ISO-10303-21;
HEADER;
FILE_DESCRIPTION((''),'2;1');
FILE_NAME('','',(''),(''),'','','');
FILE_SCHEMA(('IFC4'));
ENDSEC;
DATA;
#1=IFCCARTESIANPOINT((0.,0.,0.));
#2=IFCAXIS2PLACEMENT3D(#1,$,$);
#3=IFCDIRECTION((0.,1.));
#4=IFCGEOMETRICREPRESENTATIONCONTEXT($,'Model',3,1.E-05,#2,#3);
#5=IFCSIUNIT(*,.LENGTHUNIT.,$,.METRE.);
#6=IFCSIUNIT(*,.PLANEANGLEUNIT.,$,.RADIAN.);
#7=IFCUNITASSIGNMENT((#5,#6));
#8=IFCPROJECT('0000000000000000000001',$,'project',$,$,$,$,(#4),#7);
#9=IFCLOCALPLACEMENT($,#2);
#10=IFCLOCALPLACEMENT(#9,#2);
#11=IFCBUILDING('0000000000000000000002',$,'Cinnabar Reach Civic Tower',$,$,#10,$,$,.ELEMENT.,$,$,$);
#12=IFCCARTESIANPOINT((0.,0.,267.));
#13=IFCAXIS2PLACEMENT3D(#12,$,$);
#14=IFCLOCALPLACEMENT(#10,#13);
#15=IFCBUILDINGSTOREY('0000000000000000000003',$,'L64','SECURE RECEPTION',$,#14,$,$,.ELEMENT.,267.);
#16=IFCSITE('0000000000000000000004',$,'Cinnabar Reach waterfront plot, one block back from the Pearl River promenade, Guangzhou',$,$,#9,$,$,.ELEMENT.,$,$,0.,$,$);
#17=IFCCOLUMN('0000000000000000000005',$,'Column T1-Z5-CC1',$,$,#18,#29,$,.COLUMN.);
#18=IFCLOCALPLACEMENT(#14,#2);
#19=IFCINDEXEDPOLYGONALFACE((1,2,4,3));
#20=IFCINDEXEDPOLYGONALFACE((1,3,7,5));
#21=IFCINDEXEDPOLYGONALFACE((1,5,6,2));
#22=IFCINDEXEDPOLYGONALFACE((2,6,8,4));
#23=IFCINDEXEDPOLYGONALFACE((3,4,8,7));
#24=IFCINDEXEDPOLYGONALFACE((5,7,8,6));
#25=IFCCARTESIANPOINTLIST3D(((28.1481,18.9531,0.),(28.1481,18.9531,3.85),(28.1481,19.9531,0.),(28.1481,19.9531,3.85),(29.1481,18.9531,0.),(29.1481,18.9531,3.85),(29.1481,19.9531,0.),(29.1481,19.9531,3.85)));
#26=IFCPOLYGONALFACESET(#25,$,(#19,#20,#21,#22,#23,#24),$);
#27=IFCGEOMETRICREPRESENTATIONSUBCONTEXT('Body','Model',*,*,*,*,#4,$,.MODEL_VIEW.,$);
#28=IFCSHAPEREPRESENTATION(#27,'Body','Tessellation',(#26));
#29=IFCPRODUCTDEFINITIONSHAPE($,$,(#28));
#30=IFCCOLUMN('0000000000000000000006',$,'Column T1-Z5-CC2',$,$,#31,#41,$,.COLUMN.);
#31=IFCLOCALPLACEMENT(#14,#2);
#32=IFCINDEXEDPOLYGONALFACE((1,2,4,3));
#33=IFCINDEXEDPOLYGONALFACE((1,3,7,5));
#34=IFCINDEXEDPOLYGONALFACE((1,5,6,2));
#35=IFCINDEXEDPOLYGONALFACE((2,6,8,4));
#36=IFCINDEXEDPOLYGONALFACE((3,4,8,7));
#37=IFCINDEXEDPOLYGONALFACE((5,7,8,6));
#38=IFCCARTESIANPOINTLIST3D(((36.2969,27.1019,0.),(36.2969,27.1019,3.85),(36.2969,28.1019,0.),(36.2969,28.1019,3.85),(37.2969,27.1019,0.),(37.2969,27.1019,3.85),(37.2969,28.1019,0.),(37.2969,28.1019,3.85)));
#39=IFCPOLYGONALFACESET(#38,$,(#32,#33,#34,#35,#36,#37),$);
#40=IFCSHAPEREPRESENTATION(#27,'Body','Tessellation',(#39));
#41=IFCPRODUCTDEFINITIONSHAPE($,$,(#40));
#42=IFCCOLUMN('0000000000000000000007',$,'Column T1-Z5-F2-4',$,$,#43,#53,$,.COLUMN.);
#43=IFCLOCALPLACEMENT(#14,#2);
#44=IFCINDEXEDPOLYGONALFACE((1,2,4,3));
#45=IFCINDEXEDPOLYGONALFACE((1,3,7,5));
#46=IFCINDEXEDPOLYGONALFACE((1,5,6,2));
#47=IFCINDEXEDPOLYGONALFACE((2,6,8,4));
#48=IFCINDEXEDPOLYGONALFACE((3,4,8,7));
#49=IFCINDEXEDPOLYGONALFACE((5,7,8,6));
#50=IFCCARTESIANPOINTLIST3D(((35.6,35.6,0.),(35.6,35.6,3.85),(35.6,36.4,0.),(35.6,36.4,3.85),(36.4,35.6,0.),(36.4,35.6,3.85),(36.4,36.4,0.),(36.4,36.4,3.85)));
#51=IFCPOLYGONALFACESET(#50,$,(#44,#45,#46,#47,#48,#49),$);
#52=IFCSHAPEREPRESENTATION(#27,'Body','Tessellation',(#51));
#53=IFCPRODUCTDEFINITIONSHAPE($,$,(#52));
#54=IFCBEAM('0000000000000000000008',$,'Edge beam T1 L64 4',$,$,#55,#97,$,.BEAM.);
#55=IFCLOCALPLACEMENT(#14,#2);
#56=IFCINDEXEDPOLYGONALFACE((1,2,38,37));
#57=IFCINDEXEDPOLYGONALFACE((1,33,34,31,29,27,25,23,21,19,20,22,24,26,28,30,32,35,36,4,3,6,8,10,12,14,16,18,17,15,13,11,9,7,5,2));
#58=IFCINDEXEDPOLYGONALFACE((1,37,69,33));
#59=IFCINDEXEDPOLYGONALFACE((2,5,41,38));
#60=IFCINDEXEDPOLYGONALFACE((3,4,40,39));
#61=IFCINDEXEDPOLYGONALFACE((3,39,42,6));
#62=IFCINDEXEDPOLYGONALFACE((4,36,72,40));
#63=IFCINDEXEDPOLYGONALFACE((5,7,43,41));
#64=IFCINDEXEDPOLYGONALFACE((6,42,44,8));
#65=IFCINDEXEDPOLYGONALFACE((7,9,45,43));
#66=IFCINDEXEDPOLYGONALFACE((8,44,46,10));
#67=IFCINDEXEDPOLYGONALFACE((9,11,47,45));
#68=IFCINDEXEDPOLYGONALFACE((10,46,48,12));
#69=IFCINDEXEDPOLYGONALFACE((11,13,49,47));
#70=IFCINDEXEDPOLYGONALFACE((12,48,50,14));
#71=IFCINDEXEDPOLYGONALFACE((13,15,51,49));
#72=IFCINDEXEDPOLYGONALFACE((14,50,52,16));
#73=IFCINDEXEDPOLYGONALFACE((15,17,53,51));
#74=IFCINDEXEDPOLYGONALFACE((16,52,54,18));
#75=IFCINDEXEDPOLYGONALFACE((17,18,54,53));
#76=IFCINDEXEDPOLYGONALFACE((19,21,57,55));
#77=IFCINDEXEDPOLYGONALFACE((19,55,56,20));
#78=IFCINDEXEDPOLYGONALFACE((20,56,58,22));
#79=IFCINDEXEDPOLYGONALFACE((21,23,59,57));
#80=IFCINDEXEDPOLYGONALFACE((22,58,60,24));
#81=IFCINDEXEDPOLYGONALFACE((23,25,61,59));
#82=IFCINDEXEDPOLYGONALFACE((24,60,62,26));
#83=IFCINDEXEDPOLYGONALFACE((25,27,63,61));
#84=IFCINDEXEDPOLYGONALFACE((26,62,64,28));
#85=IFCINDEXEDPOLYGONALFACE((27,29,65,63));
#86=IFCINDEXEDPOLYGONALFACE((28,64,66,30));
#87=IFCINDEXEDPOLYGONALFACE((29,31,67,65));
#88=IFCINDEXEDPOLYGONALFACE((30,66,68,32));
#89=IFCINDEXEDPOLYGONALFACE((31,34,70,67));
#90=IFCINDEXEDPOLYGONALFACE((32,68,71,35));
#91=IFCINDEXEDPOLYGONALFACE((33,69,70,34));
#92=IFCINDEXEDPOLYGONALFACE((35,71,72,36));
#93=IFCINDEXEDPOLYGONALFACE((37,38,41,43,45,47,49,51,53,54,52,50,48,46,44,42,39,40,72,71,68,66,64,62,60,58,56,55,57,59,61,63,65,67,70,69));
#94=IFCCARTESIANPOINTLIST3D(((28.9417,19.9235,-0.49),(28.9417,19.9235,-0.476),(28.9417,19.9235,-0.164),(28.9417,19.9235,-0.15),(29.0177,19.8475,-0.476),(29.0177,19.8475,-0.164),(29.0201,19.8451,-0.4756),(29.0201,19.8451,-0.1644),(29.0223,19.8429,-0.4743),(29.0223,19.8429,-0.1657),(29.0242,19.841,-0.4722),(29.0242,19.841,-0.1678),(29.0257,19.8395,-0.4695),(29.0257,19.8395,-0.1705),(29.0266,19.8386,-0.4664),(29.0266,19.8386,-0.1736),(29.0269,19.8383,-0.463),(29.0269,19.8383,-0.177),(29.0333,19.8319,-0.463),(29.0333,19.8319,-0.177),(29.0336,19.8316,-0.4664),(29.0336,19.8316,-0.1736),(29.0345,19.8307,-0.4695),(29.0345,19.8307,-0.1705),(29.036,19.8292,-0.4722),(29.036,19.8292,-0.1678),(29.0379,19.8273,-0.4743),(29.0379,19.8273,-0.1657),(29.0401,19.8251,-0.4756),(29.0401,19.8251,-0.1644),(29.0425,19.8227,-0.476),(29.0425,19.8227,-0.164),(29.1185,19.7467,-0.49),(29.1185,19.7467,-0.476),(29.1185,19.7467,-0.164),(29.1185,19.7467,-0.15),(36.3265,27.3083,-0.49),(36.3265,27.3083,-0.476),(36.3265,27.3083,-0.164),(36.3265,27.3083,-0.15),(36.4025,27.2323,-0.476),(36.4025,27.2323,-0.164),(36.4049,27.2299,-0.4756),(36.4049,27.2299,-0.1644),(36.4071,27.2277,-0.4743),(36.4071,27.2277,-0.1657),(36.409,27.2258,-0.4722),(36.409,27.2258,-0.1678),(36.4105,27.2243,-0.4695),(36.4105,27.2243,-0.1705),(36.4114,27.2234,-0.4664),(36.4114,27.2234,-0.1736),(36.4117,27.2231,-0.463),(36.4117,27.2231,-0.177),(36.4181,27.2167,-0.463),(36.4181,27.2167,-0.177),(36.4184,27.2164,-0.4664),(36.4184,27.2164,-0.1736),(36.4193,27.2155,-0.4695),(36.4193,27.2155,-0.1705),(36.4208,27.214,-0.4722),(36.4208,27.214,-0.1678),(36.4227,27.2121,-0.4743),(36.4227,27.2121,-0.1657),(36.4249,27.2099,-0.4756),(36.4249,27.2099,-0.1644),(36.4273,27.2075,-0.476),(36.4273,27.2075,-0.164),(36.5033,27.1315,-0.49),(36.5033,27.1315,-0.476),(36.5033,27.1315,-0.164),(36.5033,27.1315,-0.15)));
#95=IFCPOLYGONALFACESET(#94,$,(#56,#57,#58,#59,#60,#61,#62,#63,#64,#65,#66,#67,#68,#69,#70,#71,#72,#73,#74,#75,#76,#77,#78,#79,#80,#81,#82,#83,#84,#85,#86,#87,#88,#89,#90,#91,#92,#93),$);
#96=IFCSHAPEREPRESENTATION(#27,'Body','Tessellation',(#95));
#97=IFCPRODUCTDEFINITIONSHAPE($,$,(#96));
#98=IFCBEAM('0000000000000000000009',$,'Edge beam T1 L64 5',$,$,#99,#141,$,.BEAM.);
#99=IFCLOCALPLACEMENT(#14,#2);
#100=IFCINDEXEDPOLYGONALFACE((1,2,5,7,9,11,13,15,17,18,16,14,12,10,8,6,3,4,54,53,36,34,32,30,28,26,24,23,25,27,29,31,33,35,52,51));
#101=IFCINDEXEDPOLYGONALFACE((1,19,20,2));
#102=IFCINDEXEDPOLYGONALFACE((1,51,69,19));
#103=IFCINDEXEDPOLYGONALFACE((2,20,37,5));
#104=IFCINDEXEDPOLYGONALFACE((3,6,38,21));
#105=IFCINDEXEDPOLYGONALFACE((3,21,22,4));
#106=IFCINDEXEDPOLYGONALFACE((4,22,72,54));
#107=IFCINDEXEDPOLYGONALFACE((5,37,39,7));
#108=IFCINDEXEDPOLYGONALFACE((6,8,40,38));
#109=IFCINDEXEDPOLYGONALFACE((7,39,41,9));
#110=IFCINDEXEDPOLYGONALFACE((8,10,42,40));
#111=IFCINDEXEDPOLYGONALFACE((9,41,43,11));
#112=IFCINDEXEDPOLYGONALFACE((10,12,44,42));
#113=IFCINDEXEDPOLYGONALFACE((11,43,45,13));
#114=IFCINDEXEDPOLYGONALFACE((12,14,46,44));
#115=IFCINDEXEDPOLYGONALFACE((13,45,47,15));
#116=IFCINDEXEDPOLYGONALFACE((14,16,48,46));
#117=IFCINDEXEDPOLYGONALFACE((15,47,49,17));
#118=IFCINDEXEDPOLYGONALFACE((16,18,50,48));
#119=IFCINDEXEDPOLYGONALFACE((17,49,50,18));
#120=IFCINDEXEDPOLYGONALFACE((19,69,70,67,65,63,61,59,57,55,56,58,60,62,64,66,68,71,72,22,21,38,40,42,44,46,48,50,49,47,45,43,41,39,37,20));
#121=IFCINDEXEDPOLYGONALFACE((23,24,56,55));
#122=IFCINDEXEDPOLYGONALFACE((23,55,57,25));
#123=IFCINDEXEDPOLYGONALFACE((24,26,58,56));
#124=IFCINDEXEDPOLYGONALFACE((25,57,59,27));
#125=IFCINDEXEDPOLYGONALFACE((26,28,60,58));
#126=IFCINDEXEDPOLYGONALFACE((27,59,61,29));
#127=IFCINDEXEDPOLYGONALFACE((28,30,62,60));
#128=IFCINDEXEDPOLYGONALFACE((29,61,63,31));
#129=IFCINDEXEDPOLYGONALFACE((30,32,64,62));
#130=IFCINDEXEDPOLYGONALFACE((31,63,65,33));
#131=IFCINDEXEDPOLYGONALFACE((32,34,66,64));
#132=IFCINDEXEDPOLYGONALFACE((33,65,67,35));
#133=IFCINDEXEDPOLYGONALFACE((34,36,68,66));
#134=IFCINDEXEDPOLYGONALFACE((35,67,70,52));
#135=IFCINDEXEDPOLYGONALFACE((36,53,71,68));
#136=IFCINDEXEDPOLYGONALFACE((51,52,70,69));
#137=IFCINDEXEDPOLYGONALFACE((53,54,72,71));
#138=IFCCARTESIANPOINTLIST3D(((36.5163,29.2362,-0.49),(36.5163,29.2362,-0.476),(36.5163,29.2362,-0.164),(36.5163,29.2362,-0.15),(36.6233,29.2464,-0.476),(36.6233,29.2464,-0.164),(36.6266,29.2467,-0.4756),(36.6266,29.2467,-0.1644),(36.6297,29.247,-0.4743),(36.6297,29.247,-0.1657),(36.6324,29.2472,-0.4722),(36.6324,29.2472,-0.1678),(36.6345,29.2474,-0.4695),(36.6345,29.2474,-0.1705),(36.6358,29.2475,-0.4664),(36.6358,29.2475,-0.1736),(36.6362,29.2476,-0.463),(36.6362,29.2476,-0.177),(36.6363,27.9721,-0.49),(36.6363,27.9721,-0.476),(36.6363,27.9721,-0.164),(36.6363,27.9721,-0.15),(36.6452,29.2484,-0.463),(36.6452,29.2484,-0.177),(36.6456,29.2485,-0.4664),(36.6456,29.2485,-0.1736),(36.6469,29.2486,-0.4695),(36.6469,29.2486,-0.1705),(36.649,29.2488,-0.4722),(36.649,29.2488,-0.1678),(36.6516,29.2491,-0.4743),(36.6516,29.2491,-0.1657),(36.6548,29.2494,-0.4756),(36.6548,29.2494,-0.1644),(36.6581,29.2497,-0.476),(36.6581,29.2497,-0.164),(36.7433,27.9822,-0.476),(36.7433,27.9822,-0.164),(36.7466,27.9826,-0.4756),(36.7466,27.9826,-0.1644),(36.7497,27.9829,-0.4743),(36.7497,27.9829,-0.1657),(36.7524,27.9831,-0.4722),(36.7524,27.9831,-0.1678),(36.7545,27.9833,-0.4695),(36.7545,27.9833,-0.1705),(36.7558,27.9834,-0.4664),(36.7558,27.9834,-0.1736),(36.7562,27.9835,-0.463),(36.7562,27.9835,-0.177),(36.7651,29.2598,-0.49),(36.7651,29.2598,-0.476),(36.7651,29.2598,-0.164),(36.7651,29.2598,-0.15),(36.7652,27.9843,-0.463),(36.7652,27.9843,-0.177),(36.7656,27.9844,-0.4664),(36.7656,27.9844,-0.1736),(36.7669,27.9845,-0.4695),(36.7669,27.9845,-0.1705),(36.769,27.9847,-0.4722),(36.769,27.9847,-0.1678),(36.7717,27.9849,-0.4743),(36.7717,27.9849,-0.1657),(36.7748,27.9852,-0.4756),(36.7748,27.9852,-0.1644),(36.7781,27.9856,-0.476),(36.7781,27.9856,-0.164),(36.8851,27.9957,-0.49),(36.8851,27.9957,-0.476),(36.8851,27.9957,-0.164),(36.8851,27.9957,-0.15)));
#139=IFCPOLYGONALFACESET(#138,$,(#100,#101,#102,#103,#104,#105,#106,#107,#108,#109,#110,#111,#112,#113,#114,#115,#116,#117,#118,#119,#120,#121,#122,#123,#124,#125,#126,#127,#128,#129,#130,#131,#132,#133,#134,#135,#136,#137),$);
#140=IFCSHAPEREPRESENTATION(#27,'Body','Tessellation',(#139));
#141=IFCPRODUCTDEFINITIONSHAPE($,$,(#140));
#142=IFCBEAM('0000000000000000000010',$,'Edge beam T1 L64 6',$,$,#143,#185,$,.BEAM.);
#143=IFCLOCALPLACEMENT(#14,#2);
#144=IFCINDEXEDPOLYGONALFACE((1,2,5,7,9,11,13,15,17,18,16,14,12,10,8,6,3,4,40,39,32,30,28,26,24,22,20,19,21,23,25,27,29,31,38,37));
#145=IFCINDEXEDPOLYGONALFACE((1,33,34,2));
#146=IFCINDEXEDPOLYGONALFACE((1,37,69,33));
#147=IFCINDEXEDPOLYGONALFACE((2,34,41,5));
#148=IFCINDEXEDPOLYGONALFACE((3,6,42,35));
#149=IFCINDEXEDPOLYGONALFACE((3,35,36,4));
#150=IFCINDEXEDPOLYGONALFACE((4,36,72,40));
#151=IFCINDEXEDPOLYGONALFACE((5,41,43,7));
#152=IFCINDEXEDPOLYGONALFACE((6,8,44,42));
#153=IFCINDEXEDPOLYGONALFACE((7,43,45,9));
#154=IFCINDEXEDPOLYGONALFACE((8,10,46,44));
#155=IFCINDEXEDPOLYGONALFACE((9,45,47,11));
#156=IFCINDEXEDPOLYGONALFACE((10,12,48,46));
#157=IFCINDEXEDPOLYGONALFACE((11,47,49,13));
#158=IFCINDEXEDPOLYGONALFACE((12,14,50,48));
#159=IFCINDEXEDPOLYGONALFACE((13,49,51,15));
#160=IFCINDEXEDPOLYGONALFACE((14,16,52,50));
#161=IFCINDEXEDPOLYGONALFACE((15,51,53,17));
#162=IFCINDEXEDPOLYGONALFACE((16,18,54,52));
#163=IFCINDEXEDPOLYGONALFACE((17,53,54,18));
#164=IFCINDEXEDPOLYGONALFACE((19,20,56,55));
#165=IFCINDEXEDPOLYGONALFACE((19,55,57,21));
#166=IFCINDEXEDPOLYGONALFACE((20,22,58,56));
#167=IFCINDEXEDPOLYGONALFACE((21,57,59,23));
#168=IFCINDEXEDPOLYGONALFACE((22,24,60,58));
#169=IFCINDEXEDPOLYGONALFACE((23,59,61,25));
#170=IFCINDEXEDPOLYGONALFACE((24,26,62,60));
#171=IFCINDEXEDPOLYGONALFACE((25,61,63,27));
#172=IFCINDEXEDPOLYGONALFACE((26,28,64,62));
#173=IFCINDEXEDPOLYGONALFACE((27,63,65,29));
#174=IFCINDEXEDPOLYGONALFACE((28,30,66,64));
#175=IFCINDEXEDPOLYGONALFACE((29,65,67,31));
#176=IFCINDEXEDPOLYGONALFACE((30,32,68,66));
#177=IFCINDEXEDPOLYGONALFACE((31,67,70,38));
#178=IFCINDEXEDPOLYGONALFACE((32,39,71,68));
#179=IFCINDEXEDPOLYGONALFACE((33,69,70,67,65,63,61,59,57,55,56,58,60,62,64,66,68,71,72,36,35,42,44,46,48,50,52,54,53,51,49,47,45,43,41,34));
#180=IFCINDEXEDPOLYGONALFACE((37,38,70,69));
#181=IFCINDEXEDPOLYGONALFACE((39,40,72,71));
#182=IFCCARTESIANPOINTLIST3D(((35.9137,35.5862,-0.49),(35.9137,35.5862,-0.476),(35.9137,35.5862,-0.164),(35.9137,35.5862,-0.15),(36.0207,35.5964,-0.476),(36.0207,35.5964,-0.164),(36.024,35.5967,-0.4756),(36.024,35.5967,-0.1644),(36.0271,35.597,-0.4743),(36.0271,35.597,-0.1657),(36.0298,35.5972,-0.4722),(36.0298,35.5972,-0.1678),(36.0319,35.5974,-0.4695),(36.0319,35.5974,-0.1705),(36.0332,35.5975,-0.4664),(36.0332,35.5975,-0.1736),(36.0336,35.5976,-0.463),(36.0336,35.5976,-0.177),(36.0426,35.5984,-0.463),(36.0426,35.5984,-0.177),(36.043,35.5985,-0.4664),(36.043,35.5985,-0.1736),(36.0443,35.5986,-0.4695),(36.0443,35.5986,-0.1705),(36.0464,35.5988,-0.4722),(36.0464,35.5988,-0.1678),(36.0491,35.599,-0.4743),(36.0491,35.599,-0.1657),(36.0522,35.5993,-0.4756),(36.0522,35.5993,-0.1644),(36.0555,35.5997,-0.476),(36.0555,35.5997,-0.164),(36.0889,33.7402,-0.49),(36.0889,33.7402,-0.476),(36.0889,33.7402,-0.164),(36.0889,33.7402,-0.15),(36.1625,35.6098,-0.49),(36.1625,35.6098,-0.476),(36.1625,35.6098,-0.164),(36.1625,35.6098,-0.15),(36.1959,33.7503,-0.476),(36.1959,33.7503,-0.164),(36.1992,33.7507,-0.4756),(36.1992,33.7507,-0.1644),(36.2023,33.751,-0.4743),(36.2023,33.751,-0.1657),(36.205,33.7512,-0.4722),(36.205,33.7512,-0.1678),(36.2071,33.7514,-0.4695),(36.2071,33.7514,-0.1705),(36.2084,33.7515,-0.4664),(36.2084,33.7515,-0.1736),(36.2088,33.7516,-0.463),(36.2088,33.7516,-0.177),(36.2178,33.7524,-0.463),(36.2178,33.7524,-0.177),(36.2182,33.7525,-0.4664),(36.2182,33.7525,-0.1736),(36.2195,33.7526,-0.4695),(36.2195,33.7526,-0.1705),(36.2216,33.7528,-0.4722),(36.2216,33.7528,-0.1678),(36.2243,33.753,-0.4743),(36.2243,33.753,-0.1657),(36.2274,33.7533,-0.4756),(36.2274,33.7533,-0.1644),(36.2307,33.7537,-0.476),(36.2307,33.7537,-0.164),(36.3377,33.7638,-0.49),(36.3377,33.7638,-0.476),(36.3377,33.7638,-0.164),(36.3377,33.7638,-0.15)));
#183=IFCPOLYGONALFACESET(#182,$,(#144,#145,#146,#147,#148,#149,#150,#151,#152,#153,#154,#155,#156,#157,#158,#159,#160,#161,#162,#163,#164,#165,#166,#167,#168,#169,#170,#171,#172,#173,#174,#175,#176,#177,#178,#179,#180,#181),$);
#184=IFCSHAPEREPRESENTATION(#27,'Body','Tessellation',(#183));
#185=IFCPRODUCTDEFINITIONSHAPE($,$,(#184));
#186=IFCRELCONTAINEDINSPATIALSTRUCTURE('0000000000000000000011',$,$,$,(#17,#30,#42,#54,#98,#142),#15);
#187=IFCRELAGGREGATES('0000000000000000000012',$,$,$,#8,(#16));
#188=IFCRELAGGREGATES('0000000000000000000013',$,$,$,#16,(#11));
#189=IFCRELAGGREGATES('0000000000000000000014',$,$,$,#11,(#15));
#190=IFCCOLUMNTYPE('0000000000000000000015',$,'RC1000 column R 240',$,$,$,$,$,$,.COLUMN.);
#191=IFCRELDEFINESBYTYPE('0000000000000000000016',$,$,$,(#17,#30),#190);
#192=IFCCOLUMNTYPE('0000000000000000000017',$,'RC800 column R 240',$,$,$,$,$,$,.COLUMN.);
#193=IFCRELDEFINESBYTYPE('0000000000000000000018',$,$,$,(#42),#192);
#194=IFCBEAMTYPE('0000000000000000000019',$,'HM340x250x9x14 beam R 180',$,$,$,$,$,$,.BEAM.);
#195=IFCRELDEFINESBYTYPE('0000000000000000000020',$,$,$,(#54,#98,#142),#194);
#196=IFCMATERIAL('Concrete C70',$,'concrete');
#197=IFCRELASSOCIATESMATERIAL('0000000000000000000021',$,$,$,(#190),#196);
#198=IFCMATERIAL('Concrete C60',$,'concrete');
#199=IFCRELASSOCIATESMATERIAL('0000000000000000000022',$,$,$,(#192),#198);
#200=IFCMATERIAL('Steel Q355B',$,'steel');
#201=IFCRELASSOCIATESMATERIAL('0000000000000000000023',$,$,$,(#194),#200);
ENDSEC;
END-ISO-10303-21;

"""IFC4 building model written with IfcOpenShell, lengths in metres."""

from ifc_helpers import new_model, si_unit, direction, frame, origin, origin_2d, place, context, subcontext, project, spatial, rectangle, i_section, extrude, material, material_profile, profile_set, type_object, element, save


model = new_model("IFC4")

# Units and contexts
model_context = context("Model", 3, precision=1e-05, world=origin(), true_north=direction((0.0, 1.0)))
body_context = subcontext(model_context, "Body", "Model", "MODEL_VIEW")
ifc_project = project(units=[si_unit("LENGTHUNIT", "METRE"), si_unit("PLANEANGLEUNIT", "RADIAN")], contexts=[model_context])

# Site, building, storey
site_placement = place(None, origin())
site = spatial("IfcSite", under=ifc_project, at=site_placement, Name="Cinnabar Reach waterfront plot, one block back from the Pearl River promenade, Guangzhou", CompositionType="ELEMENT", RefElevation=0.0)
building_placement = place(site_placement, origin())
building = spatial("IfcBuilding", under=site, at=building_placement, Name="Cinnabar Reach Civic Tower", CompositionType="ELEMENT")
storey_placement = place(building_placement, frame((0.0, 0.0, 267.0)))
storey = spatial("IfcBuildingStorey", under=building, at=storey_placement, Name="L64", Description="SECURE RECEPTION", CompositionType="ELEMENT", Elevation=267.0)

# Columns
ifc_material_1 = material(Name="Concrete C70", Category="concrete")
ifc_material_profile_1 = material_profile(ifc_material_1, rectangle(XDim=1.0, YDim=1.0, at=origin_2d()), Name="RC1000")
ifc_profile_set_1 = profile_set([ifc_material_profile_1], Name="Concrete C70")
column_type_1 = type_object("IfcColumnType", Name="RC1000 column R 240", PredefinedType="COLUMN", material=ifc_profile_set_1)
for number, where, z_axis, x_axis, name in (
    (1, (28.6481, 19.4531, 0.0), (0.0, 0.0, 1.0), (1.0, 0.0, 0.0), "Column T1-Z5-CC1"),
    (2, (36.7969, 27.6019, 0.0), (0.0, 0.0, 1.0), (1.0, 0.0, 0.0), "Column T1-Z5-CC2"),
):
    element("IfcColumn", number, at=place(storey_placement, frame(where, z_axis=z_axis, x_axis=x_axis)), inside=storey, type_object=column_type_1, Name=name, PredefinedType="COLUMN", context=body_context, shape_type="SweptSolid", body=[
        extrude(rectangle(XDim=1.0, YDim=1.0, at=origin_2d()), origin(), (0.0, 0.0, 1.0), 3.85),
    ])
ifc_material_2 = material(Name="Concrete C60", Category="concrete")
ifc_material_profile_2 = material_profile(ifc_material_2, rectangle(XDim=0.8, YDim=0.8, at=origin_2d()), Name="RC800")
ifc_profile_set_2 = profile_set([ifc_material_profile_2], Name="Concrete C60")
column_type_2 = type_object("IfcColumnType", Name="RC800 column R 240", PredefinedType="COLUMN", material=ifc_profile_set_2)
column_placement = place(storey_placement, frame((36.0, 36.0, 0.0), z_axis=(0.0, 0.0, 1.0), x_axis=(1.0, 0.0, 0.0)))
element("IfcColumn", 3, at=column_placement, inside=storey, type_object=column_type_2, Name="Column T1-Z5-F2-4", PredefinedType="COLUMN", context=body_context, shape_type="SweptSolid", body=[
    extrude(rectangle(XDim=0.8, YDim=0.8, at=origin_2d()), origin(), (0.0, 0.0, 1.0), 3.85),
])

# Beams
ifc_material_3 = material(Name="Steel Q355B", Category="steel")
ifc_material_profile_3 = material_profile(ifc_material_3, i_section(OverallWidth=0.25, OverallDepth=0.34, WebThickness=0.009, FlangeThickness=0.014, FilletRadius=0.013, at=origin_2d()), Name="HM340x250x9x14")
ifc_profile_set_3 = profile_set([ifc_material_profile_3], Name="Steel Q355B")
beam_type_1 = type_object("IfcBeamType", Name="HM340x250x9x14 beam R 180", PredefinedType="BEAM", material=ifc_profile_set_3)
beam_1_placement = place(storey_placement, frame((29.0301, 19.8351, -0.32), z_axis=(0.707107, 0.707107, 0.0), x_axis=(-0.707107, 0.707107, 0.0)))
element("IfcBeam", 4, at=beam_1_placement, inside=storey, type_object=beam_type_1, Name="Edge beam T1 L64 4", PredefinedType="BEAM", context=body_context, shape_type="SweptSolid", body=[
    extrude(i_section(OverallWidth=0.25, OverallDepth=0.34, WebThickness=0.009, FlangeThickness=0.014, FilletRadius=0.013, at=origin_2d()), origin(), (0.0, 0.0, 1.0), 10.4437),
])
beam_2_placement = place(storey_placement, frame((36.7607, 27.9839, -0.32), z_axis=(-0.094504, 0.995524, 0.0), x_axis=(-0.995524, -0.094504, 0.0)))
element("IfcBeam", 5, at=beam_2_placement, inside=storey, type_object=beam_type_1, Name="Edge beam T1 L64 5", PredefinedType="BEAM", context=body_context, shape_type="SweptSolid", body=[
    extrude(i_section(OverallWidth=0.25, OverallDepth=0.34, WebThickness=0.009, FlangeThickness=0.014, FilletRadius=0.013, at=origin_2d()), origin(), (0.0, 0.0, 1.0), 1.2698),
])
beam_3_placement = place(storey_placement, frame((36.2133, 33.752, -0.32), z_axis=(-0.094483, 0.995526, 0.0), x_axis=(-0.995526, -0.094483, 0.0)))
element("IfcBeam", 6, at=beam_3_placement, inside=storey, type_object=beam_type_1, Name="Edge beam T1 L64 6", PredefinedType="BEAM", context=body_context, shape_type="SweptSolid", body=[
    extrude(i_section(OverallWidth=0.25, OverallDepth=0.34, WebThickness=0.009, FlangeThickness=0.014, FilletRadius=0.013, at=origin_2d()), origin(), (0.0, 0.0, 1.0), 1.8543),
])

save(model, "model.ifc")
